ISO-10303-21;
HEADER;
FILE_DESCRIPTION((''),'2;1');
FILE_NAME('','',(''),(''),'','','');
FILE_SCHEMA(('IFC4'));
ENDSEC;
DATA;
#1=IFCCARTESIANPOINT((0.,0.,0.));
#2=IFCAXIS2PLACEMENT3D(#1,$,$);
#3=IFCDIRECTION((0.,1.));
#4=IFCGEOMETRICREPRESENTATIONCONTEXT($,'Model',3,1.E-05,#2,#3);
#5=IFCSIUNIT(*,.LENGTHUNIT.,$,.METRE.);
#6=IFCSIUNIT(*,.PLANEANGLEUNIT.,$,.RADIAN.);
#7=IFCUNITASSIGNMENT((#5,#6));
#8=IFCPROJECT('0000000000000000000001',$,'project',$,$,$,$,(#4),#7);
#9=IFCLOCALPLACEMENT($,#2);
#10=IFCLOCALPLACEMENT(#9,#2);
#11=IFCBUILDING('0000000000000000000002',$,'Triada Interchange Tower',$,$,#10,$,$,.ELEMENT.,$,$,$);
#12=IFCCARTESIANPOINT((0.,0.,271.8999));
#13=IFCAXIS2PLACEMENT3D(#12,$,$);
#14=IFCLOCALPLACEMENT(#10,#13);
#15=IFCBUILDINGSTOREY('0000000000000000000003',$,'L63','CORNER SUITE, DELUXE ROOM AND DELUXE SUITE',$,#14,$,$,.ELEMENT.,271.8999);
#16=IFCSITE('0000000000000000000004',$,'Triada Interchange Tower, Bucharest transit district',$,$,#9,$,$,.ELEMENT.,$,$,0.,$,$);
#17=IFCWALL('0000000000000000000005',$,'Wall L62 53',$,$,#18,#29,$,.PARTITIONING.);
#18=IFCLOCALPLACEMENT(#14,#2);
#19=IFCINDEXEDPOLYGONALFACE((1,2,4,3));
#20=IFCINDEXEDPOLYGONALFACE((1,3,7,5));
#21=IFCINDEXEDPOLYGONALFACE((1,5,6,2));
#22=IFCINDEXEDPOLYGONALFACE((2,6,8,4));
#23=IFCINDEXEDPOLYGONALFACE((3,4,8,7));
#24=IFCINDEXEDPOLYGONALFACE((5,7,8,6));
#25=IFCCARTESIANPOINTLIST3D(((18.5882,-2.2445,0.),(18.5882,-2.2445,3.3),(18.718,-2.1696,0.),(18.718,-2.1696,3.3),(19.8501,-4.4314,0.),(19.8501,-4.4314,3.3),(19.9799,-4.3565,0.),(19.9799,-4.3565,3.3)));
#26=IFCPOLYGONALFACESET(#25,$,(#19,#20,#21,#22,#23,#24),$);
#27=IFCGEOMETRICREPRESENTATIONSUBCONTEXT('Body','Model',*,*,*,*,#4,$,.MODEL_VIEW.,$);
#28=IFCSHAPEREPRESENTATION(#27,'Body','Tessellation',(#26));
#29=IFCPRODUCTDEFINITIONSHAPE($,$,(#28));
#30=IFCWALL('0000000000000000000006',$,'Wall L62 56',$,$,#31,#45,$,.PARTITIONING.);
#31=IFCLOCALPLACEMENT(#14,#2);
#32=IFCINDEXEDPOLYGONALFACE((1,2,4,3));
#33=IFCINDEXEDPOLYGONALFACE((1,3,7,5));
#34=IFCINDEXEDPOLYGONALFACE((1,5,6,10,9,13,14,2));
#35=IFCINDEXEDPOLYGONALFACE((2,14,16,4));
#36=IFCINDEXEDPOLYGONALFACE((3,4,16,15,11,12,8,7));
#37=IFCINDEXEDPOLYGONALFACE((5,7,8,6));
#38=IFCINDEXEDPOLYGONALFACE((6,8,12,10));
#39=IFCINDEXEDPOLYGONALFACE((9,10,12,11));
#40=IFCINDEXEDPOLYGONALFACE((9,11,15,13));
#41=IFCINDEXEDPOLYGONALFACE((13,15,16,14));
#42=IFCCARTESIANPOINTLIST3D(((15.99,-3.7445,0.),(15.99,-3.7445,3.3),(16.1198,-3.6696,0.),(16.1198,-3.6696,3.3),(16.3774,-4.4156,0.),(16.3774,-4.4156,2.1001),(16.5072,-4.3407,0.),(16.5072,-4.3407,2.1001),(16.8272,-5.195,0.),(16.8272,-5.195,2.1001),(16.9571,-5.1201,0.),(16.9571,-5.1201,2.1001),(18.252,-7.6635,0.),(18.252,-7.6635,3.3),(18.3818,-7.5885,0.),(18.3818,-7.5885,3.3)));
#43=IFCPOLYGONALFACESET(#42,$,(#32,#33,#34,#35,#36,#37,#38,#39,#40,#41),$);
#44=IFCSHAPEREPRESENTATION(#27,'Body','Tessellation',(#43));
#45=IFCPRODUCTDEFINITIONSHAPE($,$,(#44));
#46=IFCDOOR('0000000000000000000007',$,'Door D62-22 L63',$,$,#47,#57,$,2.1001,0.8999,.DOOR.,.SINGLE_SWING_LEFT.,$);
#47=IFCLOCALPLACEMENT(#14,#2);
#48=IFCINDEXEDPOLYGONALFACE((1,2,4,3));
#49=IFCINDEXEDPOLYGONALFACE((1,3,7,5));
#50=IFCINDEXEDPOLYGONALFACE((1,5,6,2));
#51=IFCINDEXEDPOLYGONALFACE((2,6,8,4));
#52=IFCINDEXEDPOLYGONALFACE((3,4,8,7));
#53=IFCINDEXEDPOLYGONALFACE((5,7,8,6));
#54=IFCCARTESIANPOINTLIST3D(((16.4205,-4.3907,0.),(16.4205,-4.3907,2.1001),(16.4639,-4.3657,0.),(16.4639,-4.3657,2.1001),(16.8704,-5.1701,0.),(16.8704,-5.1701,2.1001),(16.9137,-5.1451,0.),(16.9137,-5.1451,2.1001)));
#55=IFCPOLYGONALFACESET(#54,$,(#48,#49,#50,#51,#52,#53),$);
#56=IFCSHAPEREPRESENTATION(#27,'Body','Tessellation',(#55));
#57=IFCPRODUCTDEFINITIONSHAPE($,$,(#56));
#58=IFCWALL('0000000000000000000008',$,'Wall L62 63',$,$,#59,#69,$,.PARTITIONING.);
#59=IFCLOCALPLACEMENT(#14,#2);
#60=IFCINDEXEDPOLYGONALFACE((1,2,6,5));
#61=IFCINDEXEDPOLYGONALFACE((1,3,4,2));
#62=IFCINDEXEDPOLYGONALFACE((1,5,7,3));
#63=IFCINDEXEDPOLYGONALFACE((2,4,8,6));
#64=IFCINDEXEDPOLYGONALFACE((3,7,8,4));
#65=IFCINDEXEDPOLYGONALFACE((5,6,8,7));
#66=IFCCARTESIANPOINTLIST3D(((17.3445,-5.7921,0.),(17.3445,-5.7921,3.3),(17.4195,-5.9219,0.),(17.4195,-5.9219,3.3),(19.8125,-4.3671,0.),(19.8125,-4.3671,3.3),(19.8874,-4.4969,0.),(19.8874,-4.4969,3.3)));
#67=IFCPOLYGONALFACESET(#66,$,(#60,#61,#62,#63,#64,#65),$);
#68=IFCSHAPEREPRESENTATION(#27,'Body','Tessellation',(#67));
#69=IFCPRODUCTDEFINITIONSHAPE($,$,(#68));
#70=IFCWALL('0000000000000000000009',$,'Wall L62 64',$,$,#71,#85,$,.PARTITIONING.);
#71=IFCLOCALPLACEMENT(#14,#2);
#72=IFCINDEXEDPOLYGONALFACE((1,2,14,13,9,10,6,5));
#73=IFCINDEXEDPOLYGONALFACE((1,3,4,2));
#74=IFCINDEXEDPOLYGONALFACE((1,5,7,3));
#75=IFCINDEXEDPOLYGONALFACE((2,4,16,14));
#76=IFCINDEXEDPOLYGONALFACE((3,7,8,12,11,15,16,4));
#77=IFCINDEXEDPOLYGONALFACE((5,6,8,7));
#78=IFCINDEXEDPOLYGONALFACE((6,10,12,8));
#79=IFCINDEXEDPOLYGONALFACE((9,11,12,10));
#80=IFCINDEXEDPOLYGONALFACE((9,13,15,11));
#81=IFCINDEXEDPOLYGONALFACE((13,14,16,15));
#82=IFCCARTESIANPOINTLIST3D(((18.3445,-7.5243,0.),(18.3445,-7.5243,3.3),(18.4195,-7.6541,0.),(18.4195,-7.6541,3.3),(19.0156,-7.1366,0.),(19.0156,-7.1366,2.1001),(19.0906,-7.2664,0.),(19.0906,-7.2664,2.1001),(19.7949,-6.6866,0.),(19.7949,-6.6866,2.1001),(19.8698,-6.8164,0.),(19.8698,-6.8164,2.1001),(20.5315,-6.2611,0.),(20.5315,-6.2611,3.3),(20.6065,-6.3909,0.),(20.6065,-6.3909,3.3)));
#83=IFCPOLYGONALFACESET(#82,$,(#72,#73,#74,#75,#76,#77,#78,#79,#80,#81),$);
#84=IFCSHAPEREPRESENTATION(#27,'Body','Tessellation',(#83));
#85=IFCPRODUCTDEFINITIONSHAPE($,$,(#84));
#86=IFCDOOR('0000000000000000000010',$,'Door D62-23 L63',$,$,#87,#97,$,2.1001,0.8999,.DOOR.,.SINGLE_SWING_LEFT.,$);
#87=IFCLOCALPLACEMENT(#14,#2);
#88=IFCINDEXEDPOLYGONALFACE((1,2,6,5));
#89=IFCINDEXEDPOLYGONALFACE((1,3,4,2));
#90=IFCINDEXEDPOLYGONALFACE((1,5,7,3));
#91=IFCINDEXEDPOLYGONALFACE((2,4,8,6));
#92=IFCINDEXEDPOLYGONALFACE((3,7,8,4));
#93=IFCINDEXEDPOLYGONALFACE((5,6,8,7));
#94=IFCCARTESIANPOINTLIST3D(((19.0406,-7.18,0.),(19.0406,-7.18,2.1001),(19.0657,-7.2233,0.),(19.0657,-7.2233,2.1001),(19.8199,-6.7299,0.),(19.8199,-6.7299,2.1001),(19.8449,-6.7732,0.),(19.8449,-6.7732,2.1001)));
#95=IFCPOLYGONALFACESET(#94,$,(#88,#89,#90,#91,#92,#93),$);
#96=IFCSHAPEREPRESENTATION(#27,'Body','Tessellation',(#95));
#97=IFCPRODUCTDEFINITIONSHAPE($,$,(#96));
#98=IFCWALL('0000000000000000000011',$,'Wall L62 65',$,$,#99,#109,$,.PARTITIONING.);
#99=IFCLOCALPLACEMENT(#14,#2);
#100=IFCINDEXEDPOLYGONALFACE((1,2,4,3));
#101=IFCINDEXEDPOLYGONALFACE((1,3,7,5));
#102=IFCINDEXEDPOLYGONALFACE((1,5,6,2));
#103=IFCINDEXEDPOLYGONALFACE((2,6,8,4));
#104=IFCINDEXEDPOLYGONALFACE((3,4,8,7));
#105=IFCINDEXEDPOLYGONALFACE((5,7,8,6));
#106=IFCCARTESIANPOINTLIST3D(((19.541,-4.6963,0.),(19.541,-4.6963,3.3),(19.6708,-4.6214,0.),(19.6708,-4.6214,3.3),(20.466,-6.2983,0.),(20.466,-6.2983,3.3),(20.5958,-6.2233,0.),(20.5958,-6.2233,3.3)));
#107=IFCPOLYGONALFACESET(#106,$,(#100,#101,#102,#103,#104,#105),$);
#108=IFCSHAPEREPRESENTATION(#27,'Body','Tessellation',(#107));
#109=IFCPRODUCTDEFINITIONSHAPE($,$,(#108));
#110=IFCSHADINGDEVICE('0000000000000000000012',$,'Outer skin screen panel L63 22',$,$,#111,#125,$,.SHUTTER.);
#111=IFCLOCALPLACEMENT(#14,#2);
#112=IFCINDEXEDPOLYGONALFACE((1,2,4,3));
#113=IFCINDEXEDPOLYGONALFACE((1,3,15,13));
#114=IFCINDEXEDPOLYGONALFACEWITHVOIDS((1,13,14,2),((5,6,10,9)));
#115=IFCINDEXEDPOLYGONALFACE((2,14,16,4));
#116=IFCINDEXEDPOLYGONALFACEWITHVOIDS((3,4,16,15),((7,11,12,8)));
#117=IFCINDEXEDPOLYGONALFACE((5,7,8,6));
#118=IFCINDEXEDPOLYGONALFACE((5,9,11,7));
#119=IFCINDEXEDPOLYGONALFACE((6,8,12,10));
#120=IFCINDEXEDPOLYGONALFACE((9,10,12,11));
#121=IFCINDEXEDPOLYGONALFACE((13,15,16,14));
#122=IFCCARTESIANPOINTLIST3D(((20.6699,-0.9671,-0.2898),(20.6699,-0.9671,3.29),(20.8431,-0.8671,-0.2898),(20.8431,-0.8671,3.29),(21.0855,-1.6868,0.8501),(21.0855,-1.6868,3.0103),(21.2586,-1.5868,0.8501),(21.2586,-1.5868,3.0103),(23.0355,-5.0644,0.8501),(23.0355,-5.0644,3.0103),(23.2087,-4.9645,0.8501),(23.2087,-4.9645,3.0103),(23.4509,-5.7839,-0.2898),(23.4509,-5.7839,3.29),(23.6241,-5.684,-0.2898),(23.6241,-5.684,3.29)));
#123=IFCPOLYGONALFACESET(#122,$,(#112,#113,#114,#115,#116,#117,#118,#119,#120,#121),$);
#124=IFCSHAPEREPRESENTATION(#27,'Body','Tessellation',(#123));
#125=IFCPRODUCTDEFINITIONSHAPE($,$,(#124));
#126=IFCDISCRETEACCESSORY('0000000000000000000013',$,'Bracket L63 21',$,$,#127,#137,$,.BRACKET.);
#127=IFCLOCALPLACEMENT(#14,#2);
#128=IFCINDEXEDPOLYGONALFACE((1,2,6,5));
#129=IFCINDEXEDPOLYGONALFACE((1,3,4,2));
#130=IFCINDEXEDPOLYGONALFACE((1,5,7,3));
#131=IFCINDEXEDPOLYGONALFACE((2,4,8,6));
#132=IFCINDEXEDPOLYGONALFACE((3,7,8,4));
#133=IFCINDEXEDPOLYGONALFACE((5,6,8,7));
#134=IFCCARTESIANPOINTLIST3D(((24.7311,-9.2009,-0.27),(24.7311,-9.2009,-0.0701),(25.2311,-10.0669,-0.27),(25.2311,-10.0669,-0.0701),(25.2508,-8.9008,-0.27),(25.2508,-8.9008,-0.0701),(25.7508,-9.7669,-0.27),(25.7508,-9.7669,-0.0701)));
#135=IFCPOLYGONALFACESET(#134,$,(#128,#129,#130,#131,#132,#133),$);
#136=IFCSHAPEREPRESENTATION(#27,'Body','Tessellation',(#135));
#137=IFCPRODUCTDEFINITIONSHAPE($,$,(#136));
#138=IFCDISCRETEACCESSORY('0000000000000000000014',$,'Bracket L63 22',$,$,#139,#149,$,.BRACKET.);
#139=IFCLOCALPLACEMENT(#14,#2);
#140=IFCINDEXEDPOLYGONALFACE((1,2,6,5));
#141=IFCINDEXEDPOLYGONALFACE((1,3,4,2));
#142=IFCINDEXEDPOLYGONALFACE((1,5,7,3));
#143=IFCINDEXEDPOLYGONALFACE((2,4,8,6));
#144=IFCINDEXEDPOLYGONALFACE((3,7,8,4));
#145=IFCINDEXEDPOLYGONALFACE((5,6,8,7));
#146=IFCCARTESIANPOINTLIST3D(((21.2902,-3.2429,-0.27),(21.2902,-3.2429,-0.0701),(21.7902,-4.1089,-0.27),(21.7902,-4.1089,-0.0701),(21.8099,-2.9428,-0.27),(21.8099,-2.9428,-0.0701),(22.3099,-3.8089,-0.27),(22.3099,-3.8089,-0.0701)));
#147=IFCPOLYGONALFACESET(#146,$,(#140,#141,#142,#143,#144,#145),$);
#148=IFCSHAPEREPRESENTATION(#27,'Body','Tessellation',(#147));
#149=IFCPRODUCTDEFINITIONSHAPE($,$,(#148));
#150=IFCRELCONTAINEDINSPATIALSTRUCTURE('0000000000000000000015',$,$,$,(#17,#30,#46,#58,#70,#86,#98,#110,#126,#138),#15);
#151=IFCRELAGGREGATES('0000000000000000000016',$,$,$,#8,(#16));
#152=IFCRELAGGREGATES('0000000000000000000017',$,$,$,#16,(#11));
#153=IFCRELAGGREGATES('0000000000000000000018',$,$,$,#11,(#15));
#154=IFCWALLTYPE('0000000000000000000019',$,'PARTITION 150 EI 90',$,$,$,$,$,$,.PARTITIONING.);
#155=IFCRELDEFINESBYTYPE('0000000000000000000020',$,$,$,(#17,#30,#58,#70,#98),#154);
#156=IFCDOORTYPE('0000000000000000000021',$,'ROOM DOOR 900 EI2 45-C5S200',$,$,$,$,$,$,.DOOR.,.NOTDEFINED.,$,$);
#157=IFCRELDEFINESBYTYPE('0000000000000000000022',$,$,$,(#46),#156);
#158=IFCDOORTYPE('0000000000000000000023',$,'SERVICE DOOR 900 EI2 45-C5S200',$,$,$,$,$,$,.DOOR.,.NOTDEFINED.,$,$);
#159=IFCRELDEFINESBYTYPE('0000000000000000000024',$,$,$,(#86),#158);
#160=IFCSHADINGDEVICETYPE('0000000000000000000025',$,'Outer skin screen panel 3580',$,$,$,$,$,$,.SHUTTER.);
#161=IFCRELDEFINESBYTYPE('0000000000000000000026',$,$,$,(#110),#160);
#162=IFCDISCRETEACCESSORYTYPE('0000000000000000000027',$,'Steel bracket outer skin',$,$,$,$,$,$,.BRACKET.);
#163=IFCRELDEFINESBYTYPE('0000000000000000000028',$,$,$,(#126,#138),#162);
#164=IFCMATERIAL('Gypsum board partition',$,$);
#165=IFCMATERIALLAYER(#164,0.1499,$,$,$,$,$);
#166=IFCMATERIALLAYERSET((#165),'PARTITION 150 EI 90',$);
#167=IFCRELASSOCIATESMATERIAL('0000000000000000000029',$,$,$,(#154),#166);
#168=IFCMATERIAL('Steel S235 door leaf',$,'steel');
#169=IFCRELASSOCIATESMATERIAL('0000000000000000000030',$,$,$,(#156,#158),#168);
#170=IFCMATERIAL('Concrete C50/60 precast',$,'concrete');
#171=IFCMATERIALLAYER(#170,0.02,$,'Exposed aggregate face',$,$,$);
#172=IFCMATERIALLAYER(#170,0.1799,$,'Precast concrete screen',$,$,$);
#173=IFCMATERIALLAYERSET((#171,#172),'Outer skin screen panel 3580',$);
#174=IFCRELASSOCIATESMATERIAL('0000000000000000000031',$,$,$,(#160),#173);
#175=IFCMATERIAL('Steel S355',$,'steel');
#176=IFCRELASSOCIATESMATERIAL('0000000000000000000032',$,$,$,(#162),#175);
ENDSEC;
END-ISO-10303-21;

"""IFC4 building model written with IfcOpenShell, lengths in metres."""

from ifc_helpers import new_model, si_unit, direction, frame, frame_2d, origin, origin_2d, place, context, subcontext, project, spatial, polyline, rectangle, outline, extrude, material, layer, layer_set, type_object, element, fill, save


model = new_model("IFC4")

# Units and contexts
model_context = context("Model", 3, precision=1e-05, world=origin(), true_north=direction((0.0, 1.0)))
body_context = subcontext(model_context, "Body", "Model", "MODEL_VIEW")
ifc_project = project(units=[si_unit("LENGTHUNIT", "METRE"), si_unit("PLANEANGLEUNIT", "RADIAN")], contexts=[model_context])

# Site, building, storey
site_placement = place(None, origin())
site = spatial("IfcSite", under=ifc_project, at=site_placement, Name="Triada Interchange Tower, Bucharest transit district", CompositionType="ELEMENT", RefElevation=0.0)
building_placement = place(site_placement, origin())
building = spatial("IfcBuilding", under=site, at=building_placement, Name="Triada Interchange Tower", CompositionType="ELEMENT")
storey_placement = place(building_placement, frame((0.0, 0.0, 271.8999)))
storey = spatial("IfcBuildingStorey", under=building, at=storey_placement, Name="L63", Description="CORNER SUITE, DELUXE ROOM AND DELUXE SUITE", CompositionType="ELEMENT", Elevation=271.8999)

# Wall
ifc_material_1 = material(Name="Gypsum board partition")
ifc_layer_1 = layer(ifc_material_1, 0.1499)
ifc_layer_set_1 = layer_set([ifc_layer_1], Name="PARTITION 150 EI 90")
wall_type_1 = type_object("IfcWallType", Name="PARTITION 150 EI 90", PredefinedType="PARTITIONING", material=ifc_layer_set_1)
wall_1_placement = place(storey_placement, frame((18.6531, -2.207, 0.0), z_axis=(0.0, 0.0, 1.0), x_axis=(0.499789, -0.866147, 0.0)))
element("IfcWall", 1, at=wall_1_placement, inside=storey, type_object=wall_type_1, Name="Wall L62 53", PredefinedType="PARTITIONING", context=body_context, shape_type="SweptSolid", body=[
    extrude(rectangle(XDim=2.5249, YDim=0.1499, at=frame_2d((1.2625, 0.0))), origin(), (0.0, 0.0, 1.0), 3.3),
])

# Wall, opening, door
wall_2_placement = place(storey_placement, frame((16.0549, -3.707, 0.0), z_axis=(0.0, 0.0, 1.0), x_axis=(0.499894, -0.866087, 0.0)))
wall_2 = element("IfcWall", 2, at=wall_2_placement, inside=storey, type_object=wall_type_1, Name="Wall L62 56", PredefinedType="PARTITIONING", context=body_context, shape_type="SweptSolid", body=[
    extrude(rectangle(XDim=4.5249, YDim=0.1499, at=frame_2d((2.2625, 0.0))), origin(), (0.0, 0.0, 1.0), 3.3),
])
opening_1_placement = place(wall_2_placement, frame((0.7749, 0.0, 0.0)))
opening_1 = element("IfcOpeningElement", 3, at=opening_1_placement, cuts=wall_2, PredefinedType="OPENING", context=body_context, shape_type="SweptSolid", body=[
    extrude(rectangle(XDim=0.8999, YDim=2.1001, at=frame_2d((0.45, 1.05))), frame((0.0, 0.085, 0.0), z_axis=(0.0, -1.0, 0.0), x_axis=(1.0, 0.0, 0.0)), (0.0, 0.0, 1.0), 0.1699),
])
ifc_material_2 = material(Name="Steel S235 door leaf", Category="steel")
door_type_1 = type_object("IfcDoorType", Name="ROOM DOOR 900 EI2 45-C5S200", OperationType="NOTDEFINED", PredefinedType="DOOR", material=ifc_material_2)
door_1_placement = place(opening_1_placement, origin())
door_1 = element("IfcDoor", 4, at=door_1_placement, inside=storey, type_object=door_type_1, Name="Door D62-22 L63", OperationType="SINGLE_SWING_LEFT", OverallHeight=2.1001, OverallWidth=0.8999, PredefinedType="DOOR", context=body_context, shape_type="SweptSolid", body=[
    extrude(rectangle(XDim=0.8999, YDim=2.1001, at=frame_2d((0.45, 1.05))), frame((0.0, 0.0249, 0.0), z_axis=(0.0, -1.0, 0.0), x_axis=(1.0, 0.0, 0.0)), (0.0, 0.0, 1.0), 0.05),
])
fill(opening_1, door_1)

# Wall
wall_3_placement = place(storey_placement, frame((17.3821, -5.8569, 0.0), z_axis=(0.0, 0.0, 1.0), x_axis=(0.866004, 0.500036, 0.0)))
element("IfcWall", 5, at=wall_3_placement, inside=storey, type_object=wall_type_1, Name="Wall L62 63", PredefinedType="PARTITIONING", context=body_context, shape_type="SweptSolid", body=[
    extrude(rectangle(XDim=2.8499, YDim=0.1499, at=frame_2d((1.4248, 0.0))), origin(), (0.0, 0.0, 1.0), 3.3),
])

# Wall, opening, door
wall_4_placement = place(storey_placement, frame((18.3821, -7.5891, 0.0), z_axis=(0.0, 0.0, 1.0), x_axis=(0.865938, 0.500152, 0.0)))
wall_4 = element("IfcWall", 6, at=wall_4_placement, inside=storey, type_object=wall_type_1, Name="Wall L62 64", PredefinedType="PARTITIONING", context=body_context, shape_type="SweptSolid", body=[
    extrude(rectangle(XDim=2.5256, YDim=0.1499, at=frame_2d((1.2627, 0.0))), origin(), (0.0, 0.0, 1.0), 3.3),
])
opening_2_placement = place(wall_4_placement, frame((0.7749, 0.0, 0.0)))
opening_2 = element("IfcOpeningElement", 7, at=opening_2_placement, cuts=wall_4, PredefinedType="OPENING", context=body_context, shape_type="SweptSolid", body=[
    extrude(rectangle(XDim=0.8999, YDim=2.1001, at=frame_2d((0.45, 1.05))), frame((0.0, 0.085, 0.0), z_axis=(0.0, -1.0, 0.0), x_axis=(1.0, 0.0, 0.0)), (0.0, 0.0, 1.0), 0.1699),
])
door_type_2 = type_object("IfcDoorType", Name="SERVICE DOOR 900 EI2 45-C5S200", OperationType="NOTDEFINED", PredefinedType="DOOR", material=ifc_material_2)
door_2_placement = place(opening_2_placement, origin())
door_2 = element("IfcDoor", 8, at=door_2_placement, inside=storey, type_object=door_type_2, Name="Door D62-23 L63", OperationType="SINGLE_SWING_LEFT", OverallHeight=2.1001, OverallWidth=0.8999, PredefinedType="DOOR", context=body_context, shape_type="SweptSolid", body=[
    extrude(rectangle(XDim=0.8999, YDim=2.1001, at=frame_2d((0.45, 1.05))), frame((0.0, 0.0249, 0.0), z_axis=(0.0, -1.0, 0.0), x_axis=(1.0, 0.0, 0.0)), (0.0, 0.0, 1.0), 0.05),
])
fill(opening_2, door_2)

# Wall
wall_5_placement = place(storey_placement, frame((19.606, -4.6589, 0.0), z_axis=(0.0, 0.0, 1.0), x_axis=(0.500042, -0.866001, 0.0)))
element("IfcWall", 9, at=wall_5_placement, inside=storey, type_object=wall_type_1, Name="Wall L62 65", PredefinedType="PARTITIONING", context=body_context, shape_type="SweptSolid", body=[
    extrude(rectangle(XDim=1.8499, YDim=0.1499, at=frame_2d((0.9248, 0.0))), origin(), (0.0, 0.0, 1.0), 3.3),
])

# Shading device
ifc_material_3 = material(Name="Concrete C50/60 precast", Category="concrete")
ifc_layer_2 = layer(ifc_material_3, 0.02, Name="Exposed aggregate face")
ifc_layer_3 = layer(ifc_material_3, 0.1799, Name="Precast concrete screen")
ifc_layer_set_2 = layer_set([ifc_layer_2, ifc_layer_3], Name="Outer skin screen panel 3580")
shading_device_type = type_object("IfcShadingDeviceType", Name="Outer skin screen panel 3580", PredefinedType="SHUTTER", material=ifc_layer_set_2)
shading_device_placement = place(storey_placement, frame((23.4509, -5.7839, -0.2898), z_axis=(0.0, 0.0, 1.0), x_axis=(-0.499996, 0.866028, 0.0)))
element("IfcShadingDevice", 10, at=shading_device_placement, inside=storey, type_object=shading_device_type, Name="Outer skin screen panel L63 22", PredefinedType="SHUTTER", context=body_context, shape_type="SweptSolid", body=[
    extrude(outline(polyline([(0.0, 0.0), (5.562, 0.0), (5.562, 3.5798), (0.0, 3.5798), (0.0, 0.0)]), holes=[polyline([(0.8308, 1.1399), (0.8308, 3.3), (4.731, 3.3), (4.731, 1.1399), (0.8308, 1.1399)])]), frame((0.0, 0.0, 0.0), z_axis=(0.0, -1.0, 0.0), x_axis=(1.0, 0.0, 0.0)), (0.0, 0.0, 1.0), 0.2),
])

# Discrete accessories
ifc_material_4 = material(Name="Steel S355", Category="steel")
discrete_accessory_type = type_object("IfcDiscreteAccessoryType", Name="Steel bracket outer skin", PredefinedType="BRACKET", material=ifc_material_4)
for number, where, z_axis, x_axis, name in (
    (11, (25.241, -9.4839, -0.27), (0.0, 0.0, 1.0), (0.866029, 0.499994, 0.0), "Bracket L63 21"),
    (12, (21.8, -3.5259, -0.27), (0.0, 0.0, 1.0), (0.866029, 0.499994, 0.0), "Bracket L63 22"),
):
    element("IfcDiscreteAccessory", number, at=place(storey_placement, frame(where, z_axis=z_axis, x_axis=x_axis)), inside=storey, type_object=discrete_accessory_type, Name=name, PredefinedType="BRACKET", context=body_context, shape_type="SweptSolid", body=[
        extrude(rectangle(XDim=0.6001, YDim=1.0, at=origin_2d()), origin(), (0.0, 0.0, 1.0), 0.2),
    ])

save(model, "model.ifc")
